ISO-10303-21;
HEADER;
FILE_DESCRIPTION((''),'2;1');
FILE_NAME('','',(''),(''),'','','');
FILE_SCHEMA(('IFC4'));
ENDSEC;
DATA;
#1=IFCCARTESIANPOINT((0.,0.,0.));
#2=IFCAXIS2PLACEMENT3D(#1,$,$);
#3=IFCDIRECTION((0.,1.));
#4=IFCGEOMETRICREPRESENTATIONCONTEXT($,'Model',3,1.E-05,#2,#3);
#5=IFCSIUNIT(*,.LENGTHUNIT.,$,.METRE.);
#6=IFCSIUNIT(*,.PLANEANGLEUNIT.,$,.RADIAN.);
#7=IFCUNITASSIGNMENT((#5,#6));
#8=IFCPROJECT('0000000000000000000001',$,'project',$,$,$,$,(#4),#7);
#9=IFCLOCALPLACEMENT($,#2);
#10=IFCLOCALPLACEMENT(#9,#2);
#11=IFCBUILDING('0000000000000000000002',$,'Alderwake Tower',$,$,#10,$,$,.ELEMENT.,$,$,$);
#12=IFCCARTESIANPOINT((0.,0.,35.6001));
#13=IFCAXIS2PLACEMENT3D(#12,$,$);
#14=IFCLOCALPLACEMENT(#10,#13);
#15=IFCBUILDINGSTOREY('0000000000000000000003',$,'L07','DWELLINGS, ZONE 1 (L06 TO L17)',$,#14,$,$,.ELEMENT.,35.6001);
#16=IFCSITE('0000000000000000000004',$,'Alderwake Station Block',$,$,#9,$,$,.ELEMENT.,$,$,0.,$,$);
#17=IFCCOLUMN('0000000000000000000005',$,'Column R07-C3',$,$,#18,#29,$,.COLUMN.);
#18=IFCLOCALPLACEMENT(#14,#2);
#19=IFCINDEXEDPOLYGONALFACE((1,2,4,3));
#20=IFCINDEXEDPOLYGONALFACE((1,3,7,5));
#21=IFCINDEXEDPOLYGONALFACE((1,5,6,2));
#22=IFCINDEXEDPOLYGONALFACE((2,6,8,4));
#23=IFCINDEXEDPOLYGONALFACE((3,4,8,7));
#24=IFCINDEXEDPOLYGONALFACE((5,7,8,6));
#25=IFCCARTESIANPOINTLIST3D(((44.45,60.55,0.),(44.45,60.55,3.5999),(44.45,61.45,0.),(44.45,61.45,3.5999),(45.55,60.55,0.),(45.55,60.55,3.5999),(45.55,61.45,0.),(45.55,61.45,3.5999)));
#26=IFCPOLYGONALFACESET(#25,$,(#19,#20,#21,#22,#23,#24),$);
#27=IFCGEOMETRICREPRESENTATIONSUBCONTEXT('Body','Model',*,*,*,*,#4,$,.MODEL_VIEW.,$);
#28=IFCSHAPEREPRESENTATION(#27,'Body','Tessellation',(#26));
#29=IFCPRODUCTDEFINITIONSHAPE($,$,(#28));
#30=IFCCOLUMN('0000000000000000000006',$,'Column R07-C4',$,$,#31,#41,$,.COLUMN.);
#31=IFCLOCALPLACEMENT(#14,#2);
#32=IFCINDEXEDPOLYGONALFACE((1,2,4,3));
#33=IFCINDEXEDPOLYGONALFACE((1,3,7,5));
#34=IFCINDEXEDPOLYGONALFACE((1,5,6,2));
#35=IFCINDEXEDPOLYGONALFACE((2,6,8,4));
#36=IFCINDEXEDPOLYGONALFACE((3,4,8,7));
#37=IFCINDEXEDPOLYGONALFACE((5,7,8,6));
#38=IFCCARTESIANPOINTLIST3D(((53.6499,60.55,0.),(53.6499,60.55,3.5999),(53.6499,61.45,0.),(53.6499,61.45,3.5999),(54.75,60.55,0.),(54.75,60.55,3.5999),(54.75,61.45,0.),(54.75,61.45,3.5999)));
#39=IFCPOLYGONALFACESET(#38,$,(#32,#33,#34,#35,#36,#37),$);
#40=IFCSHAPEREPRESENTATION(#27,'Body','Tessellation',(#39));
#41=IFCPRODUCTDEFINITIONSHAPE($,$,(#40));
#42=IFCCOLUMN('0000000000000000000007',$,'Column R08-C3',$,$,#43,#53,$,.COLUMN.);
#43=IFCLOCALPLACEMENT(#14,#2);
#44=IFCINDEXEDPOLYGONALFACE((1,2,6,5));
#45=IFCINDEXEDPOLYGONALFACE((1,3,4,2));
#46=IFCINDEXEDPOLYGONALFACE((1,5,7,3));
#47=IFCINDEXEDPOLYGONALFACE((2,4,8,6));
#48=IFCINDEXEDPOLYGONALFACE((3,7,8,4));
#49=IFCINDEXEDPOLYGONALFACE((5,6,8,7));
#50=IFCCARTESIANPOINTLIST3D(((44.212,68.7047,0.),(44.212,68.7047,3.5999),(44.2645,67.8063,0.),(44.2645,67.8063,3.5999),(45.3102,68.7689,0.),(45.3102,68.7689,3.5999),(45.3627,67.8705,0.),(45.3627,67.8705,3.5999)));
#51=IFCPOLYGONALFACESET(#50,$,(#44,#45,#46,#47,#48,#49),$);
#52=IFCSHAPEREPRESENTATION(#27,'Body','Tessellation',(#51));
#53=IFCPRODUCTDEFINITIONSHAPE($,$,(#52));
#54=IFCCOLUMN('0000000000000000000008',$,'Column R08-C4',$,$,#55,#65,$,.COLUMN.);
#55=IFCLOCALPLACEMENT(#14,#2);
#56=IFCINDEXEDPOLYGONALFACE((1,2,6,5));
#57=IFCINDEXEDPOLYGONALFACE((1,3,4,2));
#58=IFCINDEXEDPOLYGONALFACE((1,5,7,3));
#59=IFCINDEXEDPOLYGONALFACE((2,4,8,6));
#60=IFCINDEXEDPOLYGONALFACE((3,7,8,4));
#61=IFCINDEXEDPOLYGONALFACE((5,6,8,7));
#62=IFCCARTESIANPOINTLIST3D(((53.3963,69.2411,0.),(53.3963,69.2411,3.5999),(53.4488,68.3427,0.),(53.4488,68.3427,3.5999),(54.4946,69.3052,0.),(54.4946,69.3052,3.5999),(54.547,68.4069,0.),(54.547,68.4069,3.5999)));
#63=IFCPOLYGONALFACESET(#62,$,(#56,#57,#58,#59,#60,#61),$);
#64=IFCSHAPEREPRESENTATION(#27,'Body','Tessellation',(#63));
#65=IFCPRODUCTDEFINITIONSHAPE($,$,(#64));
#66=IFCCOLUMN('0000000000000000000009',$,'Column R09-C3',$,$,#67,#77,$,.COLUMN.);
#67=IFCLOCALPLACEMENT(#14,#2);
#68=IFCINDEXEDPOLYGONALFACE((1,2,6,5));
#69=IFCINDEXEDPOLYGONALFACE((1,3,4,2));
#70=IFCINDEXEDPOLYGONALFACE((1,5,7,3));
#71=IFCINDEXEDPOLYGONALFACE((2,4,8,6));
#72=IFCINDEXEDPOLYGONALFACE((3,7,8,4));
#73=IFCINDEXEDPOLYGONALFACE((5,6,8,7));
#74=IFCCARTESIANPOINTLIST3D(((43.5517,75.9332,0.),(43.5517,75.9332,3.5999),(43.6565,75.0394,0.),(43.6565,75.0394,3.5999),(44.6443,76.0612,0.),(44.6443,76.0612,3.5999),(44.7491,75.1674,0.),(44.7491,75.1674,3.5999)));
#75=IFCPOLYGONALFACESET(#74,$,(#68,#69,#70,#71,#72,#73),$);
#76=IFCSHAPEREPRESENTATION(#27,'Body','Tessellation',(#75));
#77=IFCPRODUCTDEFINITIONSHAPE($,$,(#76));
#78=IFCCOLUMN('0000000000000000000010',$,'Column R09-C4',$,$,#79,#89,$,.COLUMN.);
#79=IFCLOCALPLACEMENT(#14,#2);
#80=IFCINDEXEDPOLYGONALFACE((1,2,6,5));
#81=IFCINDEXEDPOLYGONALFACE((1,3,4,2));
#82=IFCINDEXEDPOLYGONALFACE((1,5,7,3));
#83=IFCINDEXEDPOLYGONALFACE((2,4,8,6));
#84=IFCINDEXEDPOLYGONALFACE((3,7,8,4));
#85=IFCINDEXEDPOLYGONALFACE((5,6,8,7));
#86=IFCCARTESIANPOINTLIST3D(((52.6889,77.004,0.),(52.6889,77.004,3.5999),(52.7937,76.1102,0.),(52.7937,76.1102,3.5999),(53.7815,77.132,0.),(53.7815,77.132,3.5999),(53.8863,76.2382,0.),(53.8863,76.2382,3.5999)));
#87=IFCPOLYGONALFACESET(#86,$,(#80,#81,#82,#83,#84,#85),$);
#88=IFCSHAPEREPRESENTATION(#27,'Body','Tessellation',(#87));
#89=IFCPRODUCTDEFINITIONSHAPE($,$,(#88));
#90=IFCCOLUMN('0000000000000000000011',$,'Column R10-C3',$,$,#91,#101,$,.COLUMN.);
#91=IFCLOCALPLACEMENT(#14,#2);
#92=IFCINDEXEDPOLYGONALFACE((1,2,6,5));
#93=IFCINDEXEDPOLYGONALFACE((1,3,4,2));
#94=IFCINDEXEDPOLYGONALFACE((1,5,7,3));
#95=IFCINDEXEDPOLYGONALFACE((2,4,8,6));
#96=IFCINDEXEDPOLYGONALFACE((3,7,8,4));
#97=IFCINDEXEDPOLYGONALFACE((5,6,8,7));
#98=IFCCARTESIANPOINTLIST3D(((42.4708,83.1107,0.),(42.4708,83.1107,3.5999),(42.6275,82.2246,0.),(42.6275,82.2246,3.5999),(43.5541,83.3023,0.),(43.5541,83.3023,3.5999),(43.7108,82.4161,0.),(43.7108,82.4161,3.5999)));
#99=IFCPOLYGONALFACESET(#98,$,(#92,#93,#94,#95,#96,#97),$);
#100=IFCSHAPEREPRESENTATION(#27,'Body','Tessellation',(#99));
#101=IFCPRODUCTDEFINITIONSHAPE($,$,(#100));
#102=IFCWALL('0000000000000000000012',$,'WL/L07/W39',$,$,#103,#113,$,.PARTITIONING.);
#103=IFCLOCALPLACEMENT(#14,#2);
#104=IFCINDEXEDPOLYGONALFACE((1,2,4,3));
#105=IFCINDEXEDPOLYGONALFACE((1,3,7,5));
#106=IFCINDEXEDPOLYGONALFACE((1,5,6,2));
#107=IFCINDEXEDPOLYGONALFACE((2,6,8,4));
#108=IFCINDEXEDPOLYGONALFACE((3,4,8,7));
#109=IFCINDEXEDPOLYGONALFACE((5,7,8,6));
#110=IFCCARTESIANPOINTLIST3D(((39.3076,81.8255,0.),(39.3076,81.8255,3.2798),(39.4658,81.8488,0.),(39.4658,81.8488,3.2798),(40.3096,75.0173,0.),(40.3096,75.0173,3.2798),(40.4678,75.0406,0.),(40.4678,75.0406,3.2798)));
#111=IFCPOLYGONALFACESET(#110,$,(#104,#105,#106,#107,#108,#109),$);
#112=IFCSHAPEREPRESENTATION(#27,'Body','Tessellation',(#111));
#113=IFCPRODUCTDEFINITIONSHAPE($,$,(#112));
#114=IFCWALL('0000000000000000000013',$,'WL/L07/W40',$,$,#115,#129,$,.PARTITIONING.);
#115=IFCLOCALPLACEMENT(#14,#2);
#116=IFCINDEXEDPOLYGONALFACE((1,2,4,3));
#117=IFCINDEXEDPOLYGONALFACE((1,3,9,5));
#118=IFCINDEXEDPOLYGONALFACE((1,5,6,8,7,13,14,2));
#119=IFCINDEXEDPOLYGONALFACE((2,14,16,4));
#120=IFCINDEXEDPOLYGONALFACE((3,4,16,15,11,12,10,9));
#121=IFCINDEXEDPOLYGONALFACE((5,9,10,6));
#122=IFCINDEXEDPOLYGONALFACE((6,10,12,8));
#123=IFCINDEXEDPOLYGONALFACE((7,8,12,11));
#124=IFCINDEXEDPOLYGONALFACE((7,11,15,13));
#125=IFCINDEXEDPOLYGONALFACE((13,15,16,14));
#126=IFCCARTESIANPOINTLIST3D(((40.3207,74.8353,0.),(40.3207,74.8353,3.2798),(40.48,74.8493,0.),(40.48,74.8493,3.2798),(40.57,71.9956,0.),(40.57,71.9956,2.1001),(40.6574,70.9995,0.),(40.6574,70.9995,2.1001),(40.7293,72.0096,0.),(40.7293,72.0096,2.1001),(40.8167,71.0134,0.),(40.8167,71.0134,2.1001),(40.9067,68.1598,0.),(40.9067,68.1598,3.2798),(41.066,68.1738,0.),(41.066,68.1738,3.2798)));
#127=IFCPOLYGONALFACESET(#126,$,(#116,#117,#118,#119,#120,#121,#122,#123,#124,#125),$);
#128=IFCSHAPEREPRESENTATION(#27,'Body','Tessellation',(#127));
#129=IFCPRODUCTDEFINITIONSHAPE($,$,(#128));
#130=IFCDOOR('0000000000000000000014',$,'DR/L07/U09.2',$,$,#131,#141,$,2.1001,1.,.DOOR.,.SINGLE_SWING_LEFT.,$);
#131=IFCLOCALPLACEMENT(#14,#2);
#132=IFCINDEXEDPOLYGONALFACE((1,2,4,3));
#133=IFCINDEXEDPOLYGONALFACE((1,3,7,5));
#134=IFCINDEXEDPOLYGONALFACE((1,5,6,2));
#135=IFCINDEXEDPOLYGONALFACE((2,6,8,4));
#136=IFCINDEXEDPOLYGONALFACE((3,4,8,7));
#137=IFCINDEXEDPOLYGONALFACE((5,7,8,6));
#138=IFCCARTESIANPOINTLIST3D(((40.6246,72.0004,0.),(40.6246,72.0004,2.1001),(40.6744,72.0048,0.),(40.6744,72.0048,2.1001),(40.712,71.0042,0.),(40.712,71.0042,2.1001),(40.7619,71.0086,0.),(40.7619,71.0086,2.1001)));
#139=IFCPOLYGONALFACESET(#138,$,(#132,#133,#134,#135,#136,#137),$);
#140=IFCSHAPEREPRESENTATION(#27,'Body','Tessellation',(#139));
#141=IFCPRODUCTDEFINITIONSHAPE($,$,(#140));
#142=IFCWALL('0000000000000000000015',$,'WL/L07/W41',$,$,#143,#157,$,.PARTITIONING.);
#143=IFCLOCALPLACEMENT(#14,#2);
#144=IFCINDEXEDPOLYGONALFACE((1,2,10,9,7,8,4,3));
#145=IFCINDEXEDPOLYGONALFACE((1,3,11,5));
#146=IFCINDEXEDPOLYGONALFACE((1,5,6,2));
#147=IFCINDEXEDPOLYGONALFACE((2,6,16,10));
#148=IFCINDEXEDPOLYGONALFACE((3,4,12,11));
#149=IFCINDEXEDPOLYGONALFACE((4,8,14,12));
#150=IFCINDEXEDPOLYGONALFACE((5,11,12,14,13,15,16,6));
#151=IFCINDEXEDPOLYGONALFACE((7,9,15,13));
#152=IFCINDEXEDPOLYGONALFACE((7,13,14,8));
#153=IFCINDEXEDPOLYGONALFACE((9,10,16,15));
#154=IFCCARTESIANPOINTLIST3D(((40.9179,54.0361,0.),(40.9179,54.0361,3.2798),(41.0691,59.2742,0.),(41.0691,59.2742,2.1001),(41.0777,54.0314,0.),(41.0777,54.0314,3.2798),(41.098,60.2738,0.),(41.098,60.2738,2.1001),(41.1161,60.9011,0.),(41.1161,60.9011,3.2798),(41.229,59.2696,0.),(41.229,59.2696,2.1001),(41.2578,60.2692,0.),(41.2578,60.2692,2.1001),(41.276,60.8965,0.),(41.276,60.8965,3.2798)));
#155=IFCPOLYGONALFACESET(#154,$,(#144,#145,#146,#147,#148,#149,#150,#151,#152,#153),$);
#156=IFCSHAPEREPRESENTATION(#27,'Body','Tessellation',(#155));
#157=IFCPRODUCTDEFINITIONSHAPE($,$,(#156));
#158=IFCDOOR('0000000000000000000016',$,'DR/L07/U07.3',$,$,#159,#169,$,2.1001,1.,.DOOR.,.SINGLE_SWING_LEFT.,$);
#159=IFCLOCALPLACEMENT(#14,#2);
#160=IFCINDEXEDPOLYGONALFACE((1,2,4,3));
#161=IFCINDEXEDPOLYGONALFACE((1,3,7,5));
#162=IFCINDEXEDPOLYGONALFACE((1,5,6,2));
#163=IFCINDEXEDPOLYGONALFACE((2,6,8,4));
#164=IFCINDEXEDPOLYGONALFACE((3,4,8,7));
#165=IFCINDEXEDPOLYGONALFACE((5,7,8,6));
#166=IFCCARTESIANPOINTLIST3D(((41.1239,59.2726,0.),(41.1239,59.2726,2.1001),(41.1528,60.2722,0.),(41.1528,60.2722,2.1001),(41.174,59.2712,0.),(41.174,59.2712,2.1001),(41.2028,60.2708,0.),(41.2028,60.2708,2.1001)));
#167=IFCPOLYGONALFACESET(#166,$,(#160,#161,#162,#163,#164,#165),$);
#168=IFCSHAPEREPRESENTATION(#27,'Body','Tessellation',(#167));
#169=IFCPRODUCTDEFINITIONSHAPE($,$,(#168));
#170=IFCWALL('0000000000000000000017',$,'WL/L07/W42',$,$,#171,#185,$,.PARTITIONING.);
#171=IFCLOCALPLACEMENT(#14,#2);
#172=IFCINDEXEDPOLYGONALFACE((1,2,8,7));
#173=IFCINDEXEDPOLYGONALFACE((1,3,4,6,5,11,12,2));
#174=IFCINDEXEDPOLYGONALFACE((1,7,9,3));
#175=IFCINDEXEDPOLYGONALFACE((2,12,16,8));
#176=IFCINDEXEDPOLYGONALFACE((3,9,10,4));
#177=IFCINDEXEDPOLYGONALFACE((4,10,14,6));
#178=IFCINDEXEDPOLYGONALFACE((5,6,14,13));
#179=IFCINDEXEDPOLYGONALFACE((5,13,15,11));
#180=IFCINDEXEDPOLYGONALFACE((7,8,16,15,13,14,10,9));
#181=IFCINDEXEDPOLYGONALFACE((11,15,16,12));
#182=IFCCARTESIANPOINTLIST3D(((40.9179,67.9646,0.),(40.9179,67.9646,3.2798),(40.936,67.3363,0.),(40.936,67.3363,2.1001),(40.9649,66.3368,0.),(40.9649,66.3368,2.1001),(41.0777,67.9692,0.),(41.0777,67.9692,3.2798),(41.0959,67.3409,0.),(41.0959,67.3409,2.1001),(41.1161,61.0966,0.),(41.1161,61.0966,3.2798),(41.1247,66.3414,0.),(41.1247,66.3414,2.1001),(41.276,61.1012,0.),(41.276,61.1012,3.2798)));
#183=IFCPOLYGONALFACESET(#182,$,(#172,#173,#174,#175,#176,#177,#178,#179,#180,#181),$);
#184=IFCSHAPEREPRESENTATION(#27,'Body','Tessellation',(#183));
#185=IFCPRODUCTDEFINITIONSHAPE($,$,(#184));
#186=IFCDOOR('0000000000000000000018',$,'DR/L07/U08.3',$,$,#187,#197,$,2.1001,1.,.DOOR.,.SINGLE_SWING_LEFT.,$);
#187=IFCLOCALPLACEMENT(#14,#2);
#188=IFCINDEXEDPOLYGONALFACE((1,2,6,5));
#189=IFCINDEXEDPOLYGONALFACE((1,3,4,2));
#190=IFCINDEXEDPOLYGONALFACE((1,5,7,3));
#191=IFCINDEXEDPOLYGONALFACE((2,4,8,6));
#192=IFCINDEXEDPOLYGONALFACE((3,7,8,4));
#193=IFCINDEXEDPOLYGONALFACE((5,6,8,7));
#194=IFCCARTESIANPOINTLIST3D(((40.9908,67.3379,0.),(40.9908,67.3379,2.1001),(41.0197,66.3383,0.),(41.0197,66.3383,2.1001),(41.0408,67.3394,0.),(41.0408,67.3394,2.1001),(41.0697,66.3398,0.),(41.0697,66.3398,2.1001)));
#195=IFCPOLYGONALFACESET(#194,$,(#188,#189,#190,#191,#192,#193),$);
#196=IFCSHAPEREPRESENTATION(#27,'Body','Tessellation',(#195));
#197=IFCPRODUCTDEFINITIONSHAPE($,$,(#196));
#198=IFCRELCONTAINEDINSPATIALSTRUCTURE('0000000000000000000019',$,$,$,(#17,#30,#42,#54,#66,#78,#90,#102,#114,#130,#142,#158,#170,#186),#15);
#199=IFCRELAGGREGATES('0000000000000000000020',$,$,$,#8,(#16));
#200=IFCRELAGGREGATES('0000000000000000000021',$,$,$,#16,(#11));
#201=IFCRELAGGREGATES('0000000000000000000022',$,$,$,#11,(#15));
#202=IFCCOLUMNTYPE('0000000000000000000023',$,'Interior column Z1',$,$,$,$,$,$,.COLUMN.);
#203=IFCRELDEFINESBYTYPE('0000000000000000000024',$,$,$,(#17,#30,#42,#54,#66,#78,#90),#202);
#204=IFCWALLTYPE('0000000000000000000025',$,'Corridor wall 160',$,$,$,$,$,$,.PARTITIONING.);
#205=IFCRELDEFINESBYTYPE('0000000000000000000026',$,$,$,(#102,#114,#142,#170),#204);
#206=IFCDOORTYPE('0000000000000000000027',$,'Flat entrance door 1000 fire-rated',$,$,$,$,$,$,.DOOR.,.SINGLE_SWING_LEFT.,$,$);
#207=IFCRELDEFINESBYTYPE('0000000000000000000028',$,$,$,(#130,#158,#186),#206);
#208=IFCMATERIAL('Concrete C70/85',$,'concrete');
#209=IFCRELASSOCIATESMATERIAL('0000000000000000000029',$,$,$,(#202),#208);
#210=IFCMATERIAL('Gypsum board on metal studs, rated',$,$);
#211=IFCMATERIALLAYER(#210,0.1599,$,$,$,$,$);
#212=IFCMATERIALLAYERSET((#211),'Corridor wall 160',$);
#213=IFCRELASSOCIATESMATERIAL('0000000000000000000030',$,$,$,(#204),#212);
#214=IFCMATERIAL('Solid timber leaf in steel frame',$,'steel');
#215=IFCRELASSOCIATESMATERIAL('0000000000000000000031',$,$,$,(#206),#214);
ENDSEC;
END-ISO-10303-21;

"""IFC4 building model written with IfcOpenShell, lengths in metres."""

from ifc_helpers import new_model, si_unit, direction, frame, frame_2d, origin, origin_2d, place, context, subcontext, project, spatial, rectangle, extrude, material, layer, layer_set, material_profile, profile_set, type_object, element, fill, save


model = new_model("IFC4")

# Units and contexts
model_context = context("Model", 3, precision=1e-05, world=origin(), true_north=direction((0.0, 1.0)))
body_context = subcontext(model_context, "Body", "Model", "MODEL_VIEW")
ifc_project = project(units=[si_unit("LENGTHUNIT", "METRE"), si_unit("PLANEANGLEUNIT", "RADIAN")], contexts=[model_context])

# Site, building, storey
site_placement = place(None, origin())
site = spatial("IfcSite", under=ifc_project, at=site_placement, Name="Alderwake Station Block", CompositionType="ELEMENT", RefElevation=0.0)
building_placement = place(site_placement, origin())
building = spatial("IfcBuilding", under=site, at=building_placement, Name="Alderwake Tower", CompositionType="ELEMENT")
storey_placement = place(building_placement, frame((0.0, 0.0, 35.6001)))
storey = spatial("IfcBuildingStorey", under=building, at=storey_placement, Name="L07", Description="DWELLINGS, ZONE 1 (L06 TO L17)", CompositionType="ELEMENT", Elevation=35.6001)

# Columns
ifc_material_1 = material(Name="Concrete C70/85", Category="concrete")
ifc_material_profile = material_profile(ifc_material_1, rectangle(XDim=0.8999, YDim=1.1001, at=origin_2d()), Name="RC 1100X900")
ifc_profile_set = profile_set([ifc_material_profile], Name="Concrete C70/85")
column_type = type_object("IfcColumnType", Name="Interior column Z1", PredefinedType="COLUMN", material=ifc_profile_set)
for number, where, z_axis, x_axis, name in (
    (1, (45.0, 61.0, 0.0), (0.0, 0.0, 1.0), (0.0, 1.0, 0.0), "Column R07-C3"),
    (2, (54.2, 61.0, 0.0), (0.0, 0.0, 1.0), (0.0, 1.0, 0.0), "Column R07-C4"),
    (3, (44.7874, 68.2876, 0.0), (0.0, 0.0, 1.0), (-0.058299, 0.998299, 0.0), "Column R08-C3"),
    (4, (53.9717, 68.824, 0.0), (0.0, 0.0, 1.0), (-0.058301, 0.998299, 0.0), "Column R08-C4"),
    (5, (44.1504, 75.5503, 0.0), (0.0, 0.0, 1.0), (-0.116402, 0.993202, 0.0), "Column R09-C3"),
    (6, (53.2876, 76.6211, 0.0), (0.0, 0.0, 1.0), (-0.116402, 0.993202, 0.0), "Column R09-C4"),
    (7, (43.0908, 82.7634, 0.0), (0.0, 0.0, 1.0), (-0.174109, 0.984726, 0.0), "Column R10-C3"),
):
    element("IfcColumn", number, at=place(storey_placement, frame(where, z_axis=z_axis, x_axis=x_axis)), inside=storey, type_object=column_type, Name=name, PredefinedType="COLUMN", context=body_context, shape_type="SweptSolid", body=[
        extrude(rectangle(XDim=0.8999, YDim=1.1001, at=origin_2d()), origin(), (0.0, 0.0, 1.0), 3.5999),
    ])

# Wall
ifc_material_2 = material(Name="Gypsum board on metal studs, rated")
ifc_layer_1 = layer(ifc_material_2, 0.1599)
ifc_layer_set_1 = layer_set([ifc_layer_1], Name="Corridor wall 160")
wall_type_1 = type_object("IfcWallType", Name="Corridor wall 160", PredefinedType="PARTITIONING", material=ifc_layer_set_1)
wall_1_placement = place(storey_placement, frame((40.3887, 75.0288, 0.0), z_axis=(0.0, 0.0, 1.0), x_axis=(-0.145597, 0.989344, 0.0)))
element("IfcWall", 8, at=wall_1_placement, inside=storey, type_object=wall_type_1, Name="WL/L07/W39", PredefinedType="PARTITIONING", context=body_context, shape_type="SweptSolid", body=[
    extrude(rectangle(XDim=6.8816, YDim=0.1599, at=frame_2d((3.4409, 0.0))), origin(), (0.0, 0.0, 1.0), 3.2798),
])

# Walls, openings, doors
wall_2_placement = place(storey_placement, frame((40.4004, 74.8423, 0.0), z_axis=(0.0, 0.0, 1.0), x_axis=(0.087438, -0.99617, 0.0)))
wall_2 = element("IfcWall", 9, at=wall_2_placement, inside=storey, type_object=wall_type_1, Name="WL/L07/W40", PredefinedType="PARTITIONING", context=body_context, shape_type="SweptSolid", body=[
    extrude(rectangle(XDim=6.7012, YDim=0.1599, at=frame_2d((3.3506, 0.0))), origin(), (0.0, 0.0, 1.0), 3.2798),
])
opening_1_placement = place(wall_2_placement, frame((2.8506, 0.0, 0.0)))
opening_1 = element("IfcOpeningElement", 10, at=opening_1_placement, cuts=wall_2, PredefinedType="OPENING", context=body_context, shape_type="SweptSolid", body=[
    extrude(rectangle(XDim=1.0, YDim=2.1001, at=frame_2d((0.5, 1.05))), frame((0.0, 0.0898, 0.0), z_axis=(0.0, -1.0, 0.0), x_axis=(1.0, 0.0, 0.0)), (0.0, 0.0, 1.0), 0.1799),
])
ifc_material_3 = material(Name="Solid timber leaf in steel frame", Category="steel")
door_type_1 = type_object("IfcDoorType", Name="Flat entrance door 1000 fire-rated", OperationType="SINGLE_SWING_LEFT", PredefinedType="DOOR", material=ifc_material_3)
door_1_placement = place(opening_1_placement, origin())
door_1 = element("IfcDoor", 11, at=door_1_placement, inside=storey, type_object=door_type_1, Name="DR/L07/U09.2", OperationType="SINGLE_SWING_LEFT", OverallHeight=2.1001, OverallWidth=1.0, PredefinedType="DOOR", context=body_context, shape_type="SweptSolid", body=[
    extrude(rectangle(XDim=1.0, YDim=2.1001, at=frame_2d((0.5, 1.05))), frame((0.0, 0.0249, 0.0), z_axis=(0.0, -1.0, 0.0), x_axis=(1.0, 0.0, 0.0)), (0.0, 0.0, 1.0), 0.05),
])
fill(opening_1, door_1)
wall_3_placement = place(storey_placement, frame((41.196, 60.8989, 0.0), z_axis=(0.0, 0.0, 1.0), x_axis=(-0.028865, -0.999583, 0.0)))
wall_3 = element("IfcWall", 12, at=wall_3_placement, inside=storey, type_object=wall_type_1, Name="WL/L07/W41", PredefinedType="PARTITIONING", context=body_context, shape_type="SweptSolid", body=[
    extrude(rectangle(XDim=6.8679, YDim=0.1599, at=frame_2d((3.4341, 0.0))), origin(), (0.0, 0.0, 1.0), 3.2798),
])
opening_2_placement = place(wall_3_placement, frame((0.6277, 0.0, 0.0)))
opening_2 = element("IfcOpeningElement", 13, at=opening_2_placement, cuts=wall_3, PredefinedType="OPENING", context=body_context, shape_type="SweptSolid", body=[
    extrude(rectangle(XDim=1.0, YDim=2.1001, at=frame_2d((0.5, 1.05))), frame((0.0, 0.0898, 0.0), z_axis=(0.0, -1.0, 0.0), x_axis=(1.0, 0.0, 0.0)), (0.0, 0.0, 1.0), 0.1799),
])
door_2_placement = place(opening_2_placement, origin())
door_2 = element("IfcDoor", 14, at=door_2_placement, inside=storey, type_object=door_type_1, Name="DR/L07/U07.3", OperationType="SINGLE_SWING_LEFT", OverallHeight=2.1001, OverallWidth=1.0, PredefinedType="DOOR", context=body_context, shape_type="SweptSolid", body=[
    extrude(rectangle(XDim=1.0, YDim=2.1001, at=frame_2d((0.5, 1.05))), frame((0.0, 0.0249, 0.0), z_axis=(0.0, -1.0, 0.0), x_axis=(1.0, 0.0, 0.0)), (0.0, 0.0, 1.0), 0.05),
])
fill(opening_2, door_2)
wall_4_placement = place(storey_placement, frame((40.9978, 67.967, 0.0), z_axis=(0.0, 0.0, 1.0), x_axis=(0.028853, -0.999584, 0.0)))
wall_4 = element("IfcWall", 15, at=wall_4_placement, inside=storey, type_object=wall_type_1, Name="WL/L07/W42", PredefinedType="PARTITIONING", context=body_context, shape_type="SweptSolid", body=[
    extrude(rectangle(XDim=6.8708, YDim=0.1599, at=frame_2d((3.4355, 0.0))), origin(), (0.0, 0.0, 1.0), 3.2798),
])
opening_3_placement = place(wall_4_placement, frame((0.6287, 0.0, 0.0)))
opening_3 = element("IfcOpeningElement", 16, at=opening_3_placement, cuts=wall_4, PredefinedType="OPENING", context=body_context, shape_type="SweptSolid", body=[
    extrude(rectangle(XDim=1.0, YDim=2.1001, at=frame_2d((0.5, 1.05))), frame((0.0, 0.0898, 0.0), z_axis=(0.0, -1.0, 0.0), x_axis=(1.0, 0.0, 0.0)), (0.0, 0.0, 1.0), 0.1799),
])
door_3_placement = place(opening_3_placement, origin())
door_3 = element("IfcDoor", 17, at=door_3_placement, inside=storey, type_object=door_type_1, Name="DR/L07/U08.3", OperationType="SINGLE_SWING_LEFT", OverallHeight=2.1001, OverallWidth=1.0, PredefinedType="DOOR", context=body_context, shape_type="SweptSolid", body=[
    extrude(rectangle(XDim=1.0, YDim=2.1001, at=frame_2d((0.5, 1.05))), frame((0.0, 0.0249, 0.0), z_axis=(0.0, -1.0, 0.0), x_axis=(1.0, 0.0, 0.0)), (0.0, 0.0, 1.0), 0.05),
])
fill(opening_3, door_3)

save(model, "model.ifc")
